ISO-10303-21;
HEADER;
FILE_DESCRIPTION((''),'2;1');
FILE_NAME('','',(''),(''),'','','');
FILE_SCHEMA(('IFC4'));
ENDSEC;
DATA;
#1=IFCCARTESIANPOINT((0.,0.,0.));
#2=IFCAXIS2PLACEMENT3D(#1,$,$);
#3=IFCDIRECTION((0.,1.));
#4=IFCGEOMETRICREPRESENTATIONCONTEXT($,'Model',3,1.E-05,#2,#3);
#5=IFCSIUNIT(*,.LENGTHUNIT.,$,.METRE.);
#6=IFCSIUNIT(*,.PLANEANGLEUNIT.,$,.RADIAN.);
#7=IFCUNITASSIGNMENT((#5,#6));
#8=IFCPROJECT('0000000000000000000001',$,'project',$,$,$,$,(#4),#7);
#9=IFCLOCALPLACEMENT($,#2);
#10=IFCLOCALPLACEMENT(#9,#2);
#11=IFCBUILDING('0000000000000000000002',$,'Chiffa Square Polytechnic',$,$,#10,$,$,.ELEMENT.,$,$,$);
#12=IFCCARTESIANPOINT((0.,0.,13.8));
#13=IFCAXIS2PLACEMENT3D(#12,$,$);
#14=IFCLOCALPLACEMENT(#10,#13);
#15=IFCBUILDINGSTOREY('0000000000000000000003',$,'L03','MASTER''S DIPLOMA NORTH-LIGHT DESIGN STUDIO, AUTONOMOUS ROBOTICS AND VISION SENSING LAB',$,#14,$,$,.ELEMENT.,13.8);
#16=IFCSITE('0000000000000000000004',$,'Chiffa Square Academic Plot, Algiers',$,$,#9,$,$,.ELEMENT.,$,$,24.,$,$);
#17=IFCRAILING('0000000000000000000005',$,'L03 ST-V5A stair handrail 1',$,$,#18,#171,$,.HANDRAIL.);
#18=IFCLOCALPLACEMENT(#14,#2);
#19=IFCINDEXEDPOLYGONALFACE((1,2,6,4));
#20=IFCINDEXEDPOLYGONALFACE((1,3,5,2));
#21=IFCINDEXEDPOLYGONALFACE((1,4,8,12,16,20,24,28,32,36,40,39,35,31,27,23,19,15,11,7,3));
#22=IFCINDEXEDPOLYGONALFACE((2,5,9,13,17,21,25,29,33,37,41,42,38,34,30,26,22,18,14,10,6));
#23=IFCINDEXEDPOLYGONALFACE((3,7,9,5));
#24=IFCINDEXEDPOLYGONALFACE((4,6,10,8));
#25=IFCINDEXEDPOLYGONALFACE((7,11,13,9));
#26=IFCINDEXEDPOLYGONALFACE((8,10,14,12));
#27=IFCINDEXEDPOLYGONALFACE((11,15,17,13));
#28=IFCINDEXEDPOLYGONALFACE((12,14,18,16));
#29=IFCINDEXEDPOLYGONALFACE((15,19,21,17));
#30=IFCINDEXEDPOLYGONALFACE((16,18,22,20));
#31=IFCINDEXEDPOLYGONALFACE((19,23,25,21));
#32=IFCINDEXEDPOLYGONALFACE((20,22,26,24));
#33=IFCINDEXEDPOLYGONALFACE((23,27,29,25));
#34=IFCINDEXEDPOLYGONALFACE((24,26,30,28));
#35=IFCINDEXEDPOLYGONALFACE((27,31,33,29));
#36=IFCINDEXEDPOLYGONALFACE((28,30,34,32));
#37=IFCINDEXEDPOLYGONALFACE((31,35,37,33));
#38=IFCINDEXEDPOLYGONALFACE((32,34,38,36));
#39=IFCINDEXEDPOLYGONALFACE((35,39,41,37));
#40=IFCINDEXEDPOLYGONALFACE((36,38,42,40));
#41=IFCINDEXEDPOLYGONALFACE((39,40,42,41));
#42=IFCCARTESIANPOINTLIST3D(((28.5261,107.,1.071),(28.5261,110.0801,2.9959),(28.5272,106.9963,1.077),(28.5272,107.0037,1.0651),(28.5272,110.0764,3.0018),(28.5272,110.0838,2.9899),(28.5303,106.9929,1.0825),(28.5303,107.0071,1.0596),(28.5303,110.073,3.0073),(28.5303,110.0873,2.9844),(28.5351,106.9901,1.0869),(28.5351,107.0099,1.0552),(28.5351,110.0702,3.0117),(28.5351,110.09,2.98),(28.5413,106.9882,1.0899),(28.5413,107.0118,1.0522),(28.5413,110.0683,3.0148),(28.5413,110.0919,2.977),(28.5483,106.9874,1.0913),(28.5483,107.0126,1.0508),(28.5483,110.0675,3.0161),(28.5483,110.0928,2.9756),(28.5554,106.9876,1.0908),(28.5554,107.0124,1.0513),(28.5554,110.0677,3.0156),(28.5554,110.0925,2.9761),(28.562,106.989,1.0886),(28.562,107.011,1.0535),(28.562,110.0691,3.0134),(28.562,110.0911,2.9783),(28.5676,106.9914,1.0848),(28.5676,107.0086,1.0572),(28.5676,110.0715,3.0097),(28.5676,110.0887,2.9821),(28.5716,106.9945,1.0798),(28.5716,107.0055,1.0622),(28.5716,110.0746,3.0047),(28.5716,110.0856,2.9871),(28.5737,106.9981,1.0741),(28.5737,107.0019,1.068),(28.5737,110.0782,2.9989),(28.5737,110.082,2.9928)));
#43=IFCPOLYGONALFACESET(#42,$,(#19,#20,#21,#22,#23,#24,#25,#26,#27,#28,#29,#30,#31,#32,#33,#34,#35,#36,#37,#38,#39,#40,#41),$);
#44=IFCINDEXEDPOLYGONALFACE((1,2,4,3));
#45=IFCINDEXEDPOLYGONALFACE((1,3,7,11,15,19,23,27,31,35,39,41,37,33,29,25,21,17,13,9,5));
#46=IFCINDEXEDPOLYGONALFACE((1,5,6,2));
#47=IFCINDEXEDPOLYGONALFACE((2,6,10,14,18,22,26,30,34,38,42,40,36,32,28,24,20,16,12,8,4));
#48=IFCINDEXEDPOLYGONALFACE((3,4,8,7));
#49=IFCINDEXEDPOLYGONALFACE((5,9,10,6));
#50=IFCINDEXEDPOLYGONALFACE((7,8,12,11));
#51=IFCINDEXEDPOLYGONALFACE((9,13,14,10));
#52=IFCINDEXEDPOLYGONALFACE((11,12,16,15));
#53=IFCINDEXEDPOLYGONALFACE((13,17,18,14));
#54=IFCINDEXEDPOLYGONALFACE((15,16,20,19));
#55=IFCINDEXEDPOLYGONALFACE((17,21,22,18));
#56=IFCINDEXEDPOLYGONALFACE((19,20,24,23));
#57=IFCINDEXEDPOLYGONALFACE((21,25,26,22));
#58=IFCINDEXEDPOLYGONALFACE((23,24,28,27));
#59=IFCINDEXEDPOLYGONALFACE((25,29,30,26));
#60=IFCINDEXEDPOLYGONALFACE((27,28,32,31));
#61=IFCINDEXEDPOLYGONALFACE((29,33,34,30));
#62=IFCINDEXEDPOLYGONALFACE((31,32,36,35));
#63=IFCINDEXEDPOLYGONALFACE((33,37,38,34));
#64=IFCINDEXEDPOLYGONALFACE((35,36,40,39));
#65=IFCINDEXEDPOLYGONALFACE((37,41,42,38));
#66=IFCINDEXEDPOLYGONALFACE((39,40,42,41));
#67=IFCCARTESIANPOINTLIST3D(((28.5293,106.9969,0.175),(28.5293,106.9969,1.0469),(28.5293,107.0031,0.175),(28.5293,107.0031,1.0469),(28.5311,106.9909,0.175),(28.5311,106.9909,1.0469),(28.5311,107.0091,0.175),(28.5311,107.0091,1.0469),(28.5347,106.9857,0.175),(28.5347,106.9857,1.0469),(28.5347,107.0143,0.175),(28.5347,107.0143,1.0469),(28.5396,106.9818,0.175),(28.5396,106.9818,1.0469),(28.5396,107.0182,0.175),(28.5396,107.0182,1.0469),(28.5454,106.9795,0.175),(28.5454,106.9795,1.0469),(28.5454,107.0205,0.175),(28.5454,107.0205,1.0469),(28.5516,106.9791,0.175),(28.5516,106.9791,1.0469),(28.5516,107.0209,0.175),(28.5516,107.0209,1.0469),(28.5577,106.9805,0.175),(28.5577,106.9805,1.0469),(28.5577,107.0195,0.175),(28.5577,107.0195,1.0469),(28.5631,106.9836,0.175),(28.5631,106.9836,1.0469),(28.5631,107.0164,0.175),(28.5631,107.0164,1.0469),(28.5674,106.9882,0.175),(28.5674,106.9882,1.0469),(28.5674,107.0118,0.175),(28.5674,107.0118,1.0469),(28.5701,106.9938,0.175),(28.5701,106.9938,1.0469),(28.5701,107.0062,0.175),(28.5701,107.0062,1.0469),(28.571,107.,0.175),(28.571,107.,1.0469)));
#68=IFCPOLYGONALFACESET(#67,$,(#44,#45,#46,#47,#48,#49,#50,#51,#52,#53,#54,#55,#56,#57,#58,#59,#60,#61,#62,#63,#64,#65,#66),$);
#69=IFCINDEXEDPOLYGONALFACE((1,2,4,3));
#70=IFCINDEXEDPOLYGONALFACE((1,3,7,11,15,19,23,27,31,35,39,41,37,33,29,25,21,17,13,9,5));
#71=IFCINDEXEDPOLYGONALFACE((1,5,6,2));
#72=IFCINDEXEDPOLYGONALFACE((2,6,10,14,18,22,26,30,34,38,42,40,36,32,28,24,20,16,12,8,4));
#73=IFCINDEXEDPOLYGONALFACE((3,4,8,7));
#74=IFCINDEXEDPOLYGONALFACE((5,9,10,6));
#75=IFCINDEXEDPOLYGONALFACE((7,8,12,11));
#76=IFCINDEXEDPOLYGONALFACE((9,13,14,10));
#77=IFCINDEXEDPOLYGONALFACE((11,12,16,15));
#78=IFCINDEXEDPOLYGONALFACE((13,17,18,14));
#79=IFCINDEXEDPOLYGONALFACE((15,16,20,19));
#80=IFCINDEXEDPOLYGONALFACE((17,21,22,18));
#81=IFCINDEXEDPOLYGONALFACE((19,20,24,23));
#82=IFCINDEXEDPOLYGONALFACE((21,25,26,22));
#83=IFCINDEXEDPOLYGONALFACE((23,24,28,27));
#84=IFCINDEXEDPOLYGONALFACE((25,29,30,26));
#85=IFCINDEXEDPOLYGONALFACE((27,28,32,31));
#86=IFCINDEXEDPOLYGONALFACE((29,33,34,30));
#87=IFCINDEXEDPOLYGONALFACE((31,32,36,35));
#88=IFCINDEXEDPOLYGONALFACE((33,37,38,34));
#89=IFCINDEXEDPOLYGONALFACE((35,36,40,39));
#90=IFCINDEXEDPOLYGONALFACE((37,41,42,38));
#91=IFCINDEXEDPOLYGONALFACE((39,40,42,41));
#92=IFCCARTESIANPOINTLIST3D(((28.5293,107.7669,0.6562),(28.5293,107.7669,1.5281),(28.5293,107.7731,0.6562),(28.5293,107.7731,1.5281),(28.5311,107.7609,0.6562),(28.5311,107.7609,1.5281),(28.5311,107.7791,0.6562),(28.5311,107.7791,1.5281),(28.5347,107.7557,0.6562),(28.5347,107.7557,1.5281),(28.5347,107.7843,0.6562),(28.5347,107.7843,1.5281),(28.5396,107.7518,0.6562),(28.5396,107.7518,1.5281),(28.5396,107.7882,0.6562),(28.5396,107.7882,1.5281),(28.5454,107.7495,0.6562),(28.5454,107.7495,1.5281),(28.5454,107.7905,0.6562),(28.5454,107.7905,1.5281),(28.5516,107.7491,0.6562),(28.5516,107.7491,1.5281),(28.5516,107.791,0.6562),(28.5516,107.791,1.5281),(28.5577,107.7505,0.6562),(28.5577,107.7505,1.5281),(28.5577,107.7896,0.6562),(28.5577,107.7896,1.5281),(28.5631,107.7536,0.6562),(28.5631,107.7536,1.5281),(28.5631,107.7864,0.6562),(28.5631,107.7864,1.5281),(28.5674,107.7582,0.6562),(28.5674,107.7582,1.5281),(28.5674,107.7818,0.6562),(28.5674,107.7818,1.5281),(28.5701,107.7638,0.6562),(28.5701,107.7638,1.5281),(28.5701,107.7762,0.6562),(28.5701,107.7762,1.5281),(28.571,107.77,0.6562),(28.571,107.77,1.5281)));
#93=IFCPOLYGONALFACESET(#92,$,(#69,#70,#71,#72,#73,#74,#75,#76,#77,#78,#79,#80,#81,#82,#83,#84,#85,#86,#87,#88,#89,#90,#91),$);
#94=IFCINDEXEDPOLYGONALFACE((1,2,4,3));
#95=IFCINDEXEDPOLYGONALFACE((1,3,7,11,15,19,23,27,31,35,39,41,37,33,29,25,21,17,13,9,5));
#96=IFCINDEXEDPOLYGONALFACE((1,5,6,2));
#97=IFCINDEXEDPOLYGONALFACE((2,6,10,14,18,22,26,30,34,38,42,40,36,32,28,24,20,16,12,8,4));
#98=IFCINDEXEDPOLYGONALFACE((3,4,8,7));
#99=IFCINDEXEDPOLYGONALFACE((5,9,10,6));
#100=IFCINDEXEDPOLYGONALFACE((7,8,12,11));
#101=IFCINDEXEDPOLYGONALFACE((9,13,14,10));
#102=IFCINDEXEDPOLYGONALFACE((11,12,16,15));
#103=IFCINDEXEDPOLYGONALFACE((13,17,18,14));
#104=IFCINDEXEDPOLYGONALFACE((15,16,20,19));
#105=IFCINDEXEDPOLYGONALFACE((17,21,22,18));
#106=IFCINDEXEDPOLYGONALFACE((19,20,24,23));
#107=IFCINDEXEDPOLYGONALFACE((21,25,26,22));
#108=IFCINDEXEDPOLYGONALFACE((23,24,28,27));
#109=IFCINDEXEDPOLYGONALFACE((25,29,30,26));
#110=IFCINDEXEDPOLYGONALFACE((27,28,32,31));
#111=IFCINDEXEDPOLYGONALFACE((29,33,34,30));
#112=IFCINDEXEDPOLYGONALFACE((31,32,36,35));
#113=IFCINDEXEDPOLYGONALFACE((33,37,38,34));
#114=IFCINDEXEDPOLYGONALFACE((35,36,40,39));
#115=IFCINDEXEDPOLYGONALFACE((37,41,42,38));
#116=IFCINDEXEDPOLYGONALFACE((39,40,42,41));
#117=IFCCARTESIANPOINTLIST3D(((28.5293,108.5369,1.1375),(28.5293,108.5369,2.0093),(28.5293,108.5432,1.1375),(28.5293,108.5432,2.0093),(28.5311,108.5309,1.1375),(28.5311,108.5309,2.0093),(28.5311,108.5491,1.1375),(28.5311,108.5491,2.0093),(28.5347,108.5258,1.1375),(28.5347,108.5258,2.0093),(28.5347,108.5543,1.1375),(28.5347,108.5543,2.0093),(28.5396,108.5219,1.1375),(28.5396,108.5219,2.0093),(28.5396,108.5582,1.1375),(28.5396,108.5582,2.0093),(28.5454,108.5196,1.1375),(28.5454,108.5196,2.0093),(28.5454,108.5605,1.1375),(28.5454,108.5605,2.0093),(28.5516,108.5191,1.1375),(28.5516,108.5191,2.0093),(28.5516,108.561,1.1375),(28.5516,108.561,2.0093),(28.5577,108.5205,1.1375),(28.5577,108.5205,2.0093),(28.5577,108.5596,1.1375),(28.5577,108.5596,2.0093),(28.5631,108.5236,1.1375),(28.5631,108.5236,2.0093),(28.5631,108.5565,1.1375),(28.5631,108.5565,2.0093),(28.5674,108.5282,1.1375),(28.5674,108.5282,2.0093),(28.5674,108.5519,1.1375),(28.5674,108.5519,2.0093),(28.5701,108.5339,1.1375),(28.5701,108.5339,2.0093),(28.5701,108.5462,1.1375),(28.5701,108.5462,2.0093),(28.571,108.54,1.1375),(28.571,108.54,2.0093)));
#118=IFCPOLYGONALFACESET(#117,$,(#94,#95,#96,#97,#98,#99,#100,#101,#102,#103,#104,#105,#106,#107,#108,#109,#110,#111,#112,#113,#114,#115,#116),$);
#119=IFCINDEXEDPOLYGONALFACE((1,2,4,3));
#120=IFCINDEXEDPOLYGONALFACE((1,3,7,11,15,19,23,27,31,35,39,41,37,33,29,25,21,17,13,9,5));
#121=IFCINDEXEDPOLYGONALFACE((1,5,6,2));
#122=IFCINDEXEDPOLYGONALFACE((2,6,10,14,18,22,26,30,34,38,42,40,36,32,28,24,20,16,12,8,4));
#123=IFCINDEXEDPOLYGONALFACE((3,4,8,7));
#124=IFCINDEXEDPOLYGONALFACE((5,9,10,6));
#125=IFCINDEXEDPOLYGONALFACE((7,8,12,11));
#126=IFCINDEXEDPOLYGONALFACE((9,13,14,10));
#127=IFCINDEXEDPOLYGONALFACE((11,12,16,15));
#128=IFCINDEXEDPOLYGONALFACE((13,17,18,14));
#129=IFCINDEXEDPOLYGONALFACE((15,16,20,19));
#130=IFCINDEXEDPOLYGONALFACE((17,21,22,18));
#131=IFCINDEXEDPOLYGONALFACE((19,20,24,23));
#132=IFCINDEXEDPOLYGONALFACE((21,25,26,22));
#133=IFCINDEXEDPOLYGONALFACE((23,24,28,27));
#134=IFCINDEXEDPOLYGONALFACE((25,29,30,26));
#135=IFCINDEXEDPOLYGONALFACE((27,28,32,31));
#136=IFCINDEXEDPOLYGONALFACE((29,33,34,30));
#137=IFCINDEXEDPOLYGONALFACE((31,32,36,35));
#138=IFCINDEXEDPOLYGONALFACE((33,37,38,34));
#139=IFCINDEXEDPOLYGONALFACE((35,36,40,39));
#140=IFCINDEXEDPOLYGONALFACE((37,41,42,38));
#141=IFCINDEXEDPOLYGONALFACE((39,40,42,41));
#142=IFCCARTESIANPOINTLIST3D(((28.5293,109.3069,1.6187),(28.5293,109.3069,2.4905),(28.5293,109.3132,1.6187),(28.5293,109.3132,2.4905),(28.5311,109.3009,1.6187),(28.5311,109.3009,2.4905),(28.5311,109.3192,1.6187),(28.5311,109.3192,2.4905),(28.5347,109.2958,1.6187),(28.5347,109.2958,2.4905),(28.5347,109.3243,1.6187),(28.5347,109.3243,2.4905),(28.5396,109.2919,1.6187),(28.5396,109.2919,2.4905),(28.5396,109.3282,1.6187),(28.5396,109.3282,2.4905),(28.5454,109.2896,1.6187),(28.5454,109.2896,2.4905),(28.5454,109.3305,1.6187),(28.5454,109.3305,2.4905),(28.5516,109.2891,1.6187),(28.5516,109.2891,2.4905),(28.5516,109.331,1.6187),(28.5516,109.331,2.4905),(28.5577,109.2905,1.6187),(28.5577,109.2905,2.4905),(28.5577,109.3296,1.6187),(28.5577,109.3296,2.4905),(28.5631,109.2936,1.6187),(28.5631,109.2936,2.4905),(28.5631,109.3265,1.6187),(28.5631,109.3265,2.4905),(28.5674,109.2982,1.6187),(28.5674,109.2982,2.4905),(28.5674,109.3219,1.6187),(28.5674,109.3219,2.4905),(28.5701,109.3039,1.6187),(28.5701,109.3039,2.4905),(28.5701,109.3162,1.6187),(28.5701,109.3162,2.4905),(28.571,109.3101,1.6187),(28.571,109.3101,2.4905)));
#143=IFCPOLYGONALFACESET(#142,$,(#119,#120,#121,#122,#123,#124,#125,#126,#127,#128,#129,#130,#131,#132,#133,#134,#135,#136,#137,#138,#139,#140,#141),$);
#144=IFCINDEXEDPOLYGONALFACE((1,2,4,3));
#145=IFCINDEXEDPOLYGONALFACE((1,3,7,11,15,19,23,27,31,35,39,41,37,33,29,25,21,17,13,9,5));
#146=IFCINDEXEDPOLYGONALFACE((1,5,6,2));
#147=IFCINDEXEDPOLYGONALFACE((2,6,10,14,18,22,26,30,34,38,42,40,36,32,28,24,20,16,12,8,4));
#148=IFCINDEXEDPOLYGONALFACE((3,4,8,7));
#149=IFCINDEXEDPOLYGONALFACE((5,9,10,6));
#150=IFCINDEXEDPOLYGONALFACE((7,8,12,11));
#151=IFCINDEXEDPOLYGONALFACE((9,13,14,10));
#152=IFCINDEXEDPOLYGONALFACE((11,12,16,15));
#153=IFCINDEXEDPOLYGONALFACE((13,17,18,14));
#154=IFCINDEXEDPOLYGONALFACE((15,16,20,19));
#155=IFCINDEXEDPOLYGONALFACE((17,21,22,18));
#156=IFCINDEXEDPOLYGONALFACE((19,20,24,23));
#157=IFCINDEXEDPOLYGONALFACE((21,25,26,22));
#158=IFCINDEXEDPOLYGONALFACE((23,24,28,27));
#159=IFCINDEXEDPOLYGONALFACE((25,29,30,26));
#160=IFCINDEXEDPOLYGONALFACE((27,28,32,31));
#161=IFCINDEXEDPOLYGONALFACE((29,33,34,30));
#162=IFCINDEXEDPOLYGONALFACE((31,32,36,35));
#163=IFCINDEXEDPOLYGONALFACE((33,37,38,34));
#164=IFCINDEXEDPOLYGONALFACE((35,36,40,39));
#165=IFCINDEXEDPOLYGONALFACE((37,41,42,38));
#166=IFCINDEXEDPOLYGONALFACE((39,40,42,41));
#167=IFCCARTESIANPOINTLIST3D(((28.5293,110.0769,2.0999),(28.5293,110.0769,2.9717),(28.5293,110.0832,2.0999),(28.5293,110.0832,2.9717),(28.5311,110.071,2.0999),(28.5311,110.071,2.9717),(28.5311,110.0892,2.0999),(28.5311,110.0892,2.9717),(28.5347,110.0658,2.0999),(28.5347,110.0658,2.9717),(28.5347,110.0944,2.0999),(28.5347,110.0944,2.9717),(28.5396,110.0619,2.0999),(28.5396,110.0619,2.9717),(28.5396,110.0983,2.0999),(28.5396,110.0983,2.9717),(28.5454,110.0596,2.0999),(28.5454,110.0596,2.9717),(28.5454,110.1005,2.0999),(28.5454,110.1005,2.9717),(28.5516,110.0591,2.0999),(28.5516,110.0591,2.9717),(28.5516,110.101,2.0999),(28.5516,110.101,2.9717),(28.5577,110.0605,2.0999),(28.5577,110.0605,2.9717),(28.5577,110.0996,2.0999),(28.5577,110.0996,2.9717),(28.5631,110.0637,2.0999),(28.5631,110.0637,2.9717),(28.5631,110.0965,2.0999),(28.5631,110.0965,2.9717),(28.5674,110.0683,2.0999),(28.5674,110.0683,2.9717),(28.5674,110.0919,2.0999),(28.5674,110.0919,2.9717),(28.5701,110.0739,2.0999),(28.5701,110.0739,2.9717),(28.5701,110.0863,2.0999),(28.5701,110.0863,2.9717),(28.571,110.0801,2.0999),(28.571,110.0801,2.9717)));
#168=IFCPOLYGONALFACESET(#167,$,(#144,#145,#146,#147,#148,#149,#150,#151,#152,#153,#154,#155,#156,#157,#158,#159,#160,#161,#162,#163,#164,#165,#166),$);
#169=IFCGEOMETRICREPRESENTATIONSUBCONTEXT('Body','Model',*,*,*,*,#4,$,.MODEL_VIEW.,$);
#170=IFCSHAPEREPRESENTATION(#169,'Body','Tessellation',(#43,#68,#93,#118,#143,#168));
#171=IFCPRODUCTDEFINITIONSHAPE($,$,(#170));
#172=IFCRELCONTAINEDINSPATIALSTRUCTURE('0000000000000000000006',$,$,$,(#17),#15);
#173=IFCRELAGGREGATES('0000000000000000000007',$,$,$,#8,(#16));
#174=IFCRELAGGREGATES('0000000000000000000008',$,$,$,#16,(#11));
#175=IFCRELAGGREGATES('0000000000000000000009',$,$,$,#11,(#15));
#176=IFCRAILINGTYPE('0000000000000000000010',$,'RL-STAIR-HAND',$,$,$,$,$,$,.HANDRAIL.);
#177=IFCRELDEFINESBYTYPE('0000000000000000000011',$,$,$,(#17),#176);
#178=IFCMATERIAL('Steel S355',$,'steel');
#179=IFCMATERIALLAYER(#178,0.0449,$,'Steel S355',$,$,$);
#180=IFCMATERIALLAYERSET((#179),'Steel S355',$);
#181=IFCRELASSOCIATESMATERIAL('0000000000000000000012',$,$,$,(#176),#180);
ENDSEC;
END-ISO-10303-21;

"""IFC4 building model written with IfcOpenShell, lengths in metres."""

from ifc_helpers import new_model, si_unit, direction, frame, origin, origin_2d, place, context, subcontext, project, spatial, circle, extrude, material, layer, layer_set, type_object, element, save


model = new_model("IFC4")

# Units and contexts
model_context = context("Model", 3, precision=1e-05, world=origin(), true_north=direction((0.0, 1.0)))
body_context = subcontext(model_context, "Body", "Model", "MODEL_VIEW")
ifc_project = project(units=[si_unit("LENGTHUNIT", "METRE"), si_unit("PLANEANGLEUNIT", "RADIAN")], contexts=[model_context])

# Site, building, storey
site_placement = place(None, origin())
site = spatial("IfcSite", under=ifc_project, at=site_placement, Name="Chiffa Square Academic Plot, Algiers", CompositionType="ELEMENT", RefElevation=24.0)
building_placement = place(site_placement, origin())
building = spatial("IfcBuilding", under=site, at=building_placement, Name="Chiffa Square Polytechnic", CompositionType="ELEMENT")
storey_placement = place(building_placement, frame((0.0, 0.0, 13.8)))
storey = spatial("IfcBuildingStorey", under=building, at=storey_placement, Name="L03", Description="MASTER'S DIPLOMA NORTH-LIGHT DESIGN STUDIO, AUTONOMOUS ROBOTICS AND VISION SENSING LAB", CompositionType="ELEMENT", Elevation=13.8)

# Railing
ifc_material_1 = material(Name="Steel S355", Category="steel")
ifc_layer_1 = layer(ifc_material_1, 0.0449, Name="Steel S355")
ifc_layer_set_1 = layer_set([ifc_layer_1], Name="Steel S355")
railing_type_1 = type_object("IfcRailingType", Name="RL-STAIR-HAND", PredefinedType="HANDRAIL", material=ifc_layer_set_1)
railing_1_placement = place(storey_placement, frame((28.55, 107.0, 0.175)))
element("IfcRailing", 1, at=railing_1_placement, inside=storey, type_object=railing_type_1, Name="L03 ST-V5A stair handrail 1", PredefinedType="HANDRAIL", context=body_context, shape_type="SweptSolid", body=[
    extrude(circle(Radius=0.0239, at=origin_2d()), frame((0.0, 0.0, 0.896), z_axis=(0.0, 0.848029, 0.529951), x_axis=(-1.0, 0.0, 0.0)), (0.0, 0.0, 1.0), 3.6321),
    extrude(circle(Radius=0.021, at=origin_2d()), origin(), (0.0, 0.0, 1.0), 0.8718),
    extrude(circle(Radius=0.021, at=origin_2d()), frame((0.0, 0.77, 0.4812)), (0.0, 0.0, 1.0), 0.8718),
    extrude(circle(Radius=0.021, at=origin_2d()), frame((0.0, 1.54, 0.9624)), (0.0, 0.0, 1.0), 0.8718),
    extrude(circle(Radius=0.021, at=origin_2d()), frame((0.0, 2.3101, 1.4436)), (0.0, 0.0, 1.0), 0.8718),
    extrude(circle(Radius=0.021, at=origin_2d()), frame((0.0, 3.0801, 1.9248)), (0.0, 0.0, 1.0), 0.8718),
])

save(model, "model.ifc")
